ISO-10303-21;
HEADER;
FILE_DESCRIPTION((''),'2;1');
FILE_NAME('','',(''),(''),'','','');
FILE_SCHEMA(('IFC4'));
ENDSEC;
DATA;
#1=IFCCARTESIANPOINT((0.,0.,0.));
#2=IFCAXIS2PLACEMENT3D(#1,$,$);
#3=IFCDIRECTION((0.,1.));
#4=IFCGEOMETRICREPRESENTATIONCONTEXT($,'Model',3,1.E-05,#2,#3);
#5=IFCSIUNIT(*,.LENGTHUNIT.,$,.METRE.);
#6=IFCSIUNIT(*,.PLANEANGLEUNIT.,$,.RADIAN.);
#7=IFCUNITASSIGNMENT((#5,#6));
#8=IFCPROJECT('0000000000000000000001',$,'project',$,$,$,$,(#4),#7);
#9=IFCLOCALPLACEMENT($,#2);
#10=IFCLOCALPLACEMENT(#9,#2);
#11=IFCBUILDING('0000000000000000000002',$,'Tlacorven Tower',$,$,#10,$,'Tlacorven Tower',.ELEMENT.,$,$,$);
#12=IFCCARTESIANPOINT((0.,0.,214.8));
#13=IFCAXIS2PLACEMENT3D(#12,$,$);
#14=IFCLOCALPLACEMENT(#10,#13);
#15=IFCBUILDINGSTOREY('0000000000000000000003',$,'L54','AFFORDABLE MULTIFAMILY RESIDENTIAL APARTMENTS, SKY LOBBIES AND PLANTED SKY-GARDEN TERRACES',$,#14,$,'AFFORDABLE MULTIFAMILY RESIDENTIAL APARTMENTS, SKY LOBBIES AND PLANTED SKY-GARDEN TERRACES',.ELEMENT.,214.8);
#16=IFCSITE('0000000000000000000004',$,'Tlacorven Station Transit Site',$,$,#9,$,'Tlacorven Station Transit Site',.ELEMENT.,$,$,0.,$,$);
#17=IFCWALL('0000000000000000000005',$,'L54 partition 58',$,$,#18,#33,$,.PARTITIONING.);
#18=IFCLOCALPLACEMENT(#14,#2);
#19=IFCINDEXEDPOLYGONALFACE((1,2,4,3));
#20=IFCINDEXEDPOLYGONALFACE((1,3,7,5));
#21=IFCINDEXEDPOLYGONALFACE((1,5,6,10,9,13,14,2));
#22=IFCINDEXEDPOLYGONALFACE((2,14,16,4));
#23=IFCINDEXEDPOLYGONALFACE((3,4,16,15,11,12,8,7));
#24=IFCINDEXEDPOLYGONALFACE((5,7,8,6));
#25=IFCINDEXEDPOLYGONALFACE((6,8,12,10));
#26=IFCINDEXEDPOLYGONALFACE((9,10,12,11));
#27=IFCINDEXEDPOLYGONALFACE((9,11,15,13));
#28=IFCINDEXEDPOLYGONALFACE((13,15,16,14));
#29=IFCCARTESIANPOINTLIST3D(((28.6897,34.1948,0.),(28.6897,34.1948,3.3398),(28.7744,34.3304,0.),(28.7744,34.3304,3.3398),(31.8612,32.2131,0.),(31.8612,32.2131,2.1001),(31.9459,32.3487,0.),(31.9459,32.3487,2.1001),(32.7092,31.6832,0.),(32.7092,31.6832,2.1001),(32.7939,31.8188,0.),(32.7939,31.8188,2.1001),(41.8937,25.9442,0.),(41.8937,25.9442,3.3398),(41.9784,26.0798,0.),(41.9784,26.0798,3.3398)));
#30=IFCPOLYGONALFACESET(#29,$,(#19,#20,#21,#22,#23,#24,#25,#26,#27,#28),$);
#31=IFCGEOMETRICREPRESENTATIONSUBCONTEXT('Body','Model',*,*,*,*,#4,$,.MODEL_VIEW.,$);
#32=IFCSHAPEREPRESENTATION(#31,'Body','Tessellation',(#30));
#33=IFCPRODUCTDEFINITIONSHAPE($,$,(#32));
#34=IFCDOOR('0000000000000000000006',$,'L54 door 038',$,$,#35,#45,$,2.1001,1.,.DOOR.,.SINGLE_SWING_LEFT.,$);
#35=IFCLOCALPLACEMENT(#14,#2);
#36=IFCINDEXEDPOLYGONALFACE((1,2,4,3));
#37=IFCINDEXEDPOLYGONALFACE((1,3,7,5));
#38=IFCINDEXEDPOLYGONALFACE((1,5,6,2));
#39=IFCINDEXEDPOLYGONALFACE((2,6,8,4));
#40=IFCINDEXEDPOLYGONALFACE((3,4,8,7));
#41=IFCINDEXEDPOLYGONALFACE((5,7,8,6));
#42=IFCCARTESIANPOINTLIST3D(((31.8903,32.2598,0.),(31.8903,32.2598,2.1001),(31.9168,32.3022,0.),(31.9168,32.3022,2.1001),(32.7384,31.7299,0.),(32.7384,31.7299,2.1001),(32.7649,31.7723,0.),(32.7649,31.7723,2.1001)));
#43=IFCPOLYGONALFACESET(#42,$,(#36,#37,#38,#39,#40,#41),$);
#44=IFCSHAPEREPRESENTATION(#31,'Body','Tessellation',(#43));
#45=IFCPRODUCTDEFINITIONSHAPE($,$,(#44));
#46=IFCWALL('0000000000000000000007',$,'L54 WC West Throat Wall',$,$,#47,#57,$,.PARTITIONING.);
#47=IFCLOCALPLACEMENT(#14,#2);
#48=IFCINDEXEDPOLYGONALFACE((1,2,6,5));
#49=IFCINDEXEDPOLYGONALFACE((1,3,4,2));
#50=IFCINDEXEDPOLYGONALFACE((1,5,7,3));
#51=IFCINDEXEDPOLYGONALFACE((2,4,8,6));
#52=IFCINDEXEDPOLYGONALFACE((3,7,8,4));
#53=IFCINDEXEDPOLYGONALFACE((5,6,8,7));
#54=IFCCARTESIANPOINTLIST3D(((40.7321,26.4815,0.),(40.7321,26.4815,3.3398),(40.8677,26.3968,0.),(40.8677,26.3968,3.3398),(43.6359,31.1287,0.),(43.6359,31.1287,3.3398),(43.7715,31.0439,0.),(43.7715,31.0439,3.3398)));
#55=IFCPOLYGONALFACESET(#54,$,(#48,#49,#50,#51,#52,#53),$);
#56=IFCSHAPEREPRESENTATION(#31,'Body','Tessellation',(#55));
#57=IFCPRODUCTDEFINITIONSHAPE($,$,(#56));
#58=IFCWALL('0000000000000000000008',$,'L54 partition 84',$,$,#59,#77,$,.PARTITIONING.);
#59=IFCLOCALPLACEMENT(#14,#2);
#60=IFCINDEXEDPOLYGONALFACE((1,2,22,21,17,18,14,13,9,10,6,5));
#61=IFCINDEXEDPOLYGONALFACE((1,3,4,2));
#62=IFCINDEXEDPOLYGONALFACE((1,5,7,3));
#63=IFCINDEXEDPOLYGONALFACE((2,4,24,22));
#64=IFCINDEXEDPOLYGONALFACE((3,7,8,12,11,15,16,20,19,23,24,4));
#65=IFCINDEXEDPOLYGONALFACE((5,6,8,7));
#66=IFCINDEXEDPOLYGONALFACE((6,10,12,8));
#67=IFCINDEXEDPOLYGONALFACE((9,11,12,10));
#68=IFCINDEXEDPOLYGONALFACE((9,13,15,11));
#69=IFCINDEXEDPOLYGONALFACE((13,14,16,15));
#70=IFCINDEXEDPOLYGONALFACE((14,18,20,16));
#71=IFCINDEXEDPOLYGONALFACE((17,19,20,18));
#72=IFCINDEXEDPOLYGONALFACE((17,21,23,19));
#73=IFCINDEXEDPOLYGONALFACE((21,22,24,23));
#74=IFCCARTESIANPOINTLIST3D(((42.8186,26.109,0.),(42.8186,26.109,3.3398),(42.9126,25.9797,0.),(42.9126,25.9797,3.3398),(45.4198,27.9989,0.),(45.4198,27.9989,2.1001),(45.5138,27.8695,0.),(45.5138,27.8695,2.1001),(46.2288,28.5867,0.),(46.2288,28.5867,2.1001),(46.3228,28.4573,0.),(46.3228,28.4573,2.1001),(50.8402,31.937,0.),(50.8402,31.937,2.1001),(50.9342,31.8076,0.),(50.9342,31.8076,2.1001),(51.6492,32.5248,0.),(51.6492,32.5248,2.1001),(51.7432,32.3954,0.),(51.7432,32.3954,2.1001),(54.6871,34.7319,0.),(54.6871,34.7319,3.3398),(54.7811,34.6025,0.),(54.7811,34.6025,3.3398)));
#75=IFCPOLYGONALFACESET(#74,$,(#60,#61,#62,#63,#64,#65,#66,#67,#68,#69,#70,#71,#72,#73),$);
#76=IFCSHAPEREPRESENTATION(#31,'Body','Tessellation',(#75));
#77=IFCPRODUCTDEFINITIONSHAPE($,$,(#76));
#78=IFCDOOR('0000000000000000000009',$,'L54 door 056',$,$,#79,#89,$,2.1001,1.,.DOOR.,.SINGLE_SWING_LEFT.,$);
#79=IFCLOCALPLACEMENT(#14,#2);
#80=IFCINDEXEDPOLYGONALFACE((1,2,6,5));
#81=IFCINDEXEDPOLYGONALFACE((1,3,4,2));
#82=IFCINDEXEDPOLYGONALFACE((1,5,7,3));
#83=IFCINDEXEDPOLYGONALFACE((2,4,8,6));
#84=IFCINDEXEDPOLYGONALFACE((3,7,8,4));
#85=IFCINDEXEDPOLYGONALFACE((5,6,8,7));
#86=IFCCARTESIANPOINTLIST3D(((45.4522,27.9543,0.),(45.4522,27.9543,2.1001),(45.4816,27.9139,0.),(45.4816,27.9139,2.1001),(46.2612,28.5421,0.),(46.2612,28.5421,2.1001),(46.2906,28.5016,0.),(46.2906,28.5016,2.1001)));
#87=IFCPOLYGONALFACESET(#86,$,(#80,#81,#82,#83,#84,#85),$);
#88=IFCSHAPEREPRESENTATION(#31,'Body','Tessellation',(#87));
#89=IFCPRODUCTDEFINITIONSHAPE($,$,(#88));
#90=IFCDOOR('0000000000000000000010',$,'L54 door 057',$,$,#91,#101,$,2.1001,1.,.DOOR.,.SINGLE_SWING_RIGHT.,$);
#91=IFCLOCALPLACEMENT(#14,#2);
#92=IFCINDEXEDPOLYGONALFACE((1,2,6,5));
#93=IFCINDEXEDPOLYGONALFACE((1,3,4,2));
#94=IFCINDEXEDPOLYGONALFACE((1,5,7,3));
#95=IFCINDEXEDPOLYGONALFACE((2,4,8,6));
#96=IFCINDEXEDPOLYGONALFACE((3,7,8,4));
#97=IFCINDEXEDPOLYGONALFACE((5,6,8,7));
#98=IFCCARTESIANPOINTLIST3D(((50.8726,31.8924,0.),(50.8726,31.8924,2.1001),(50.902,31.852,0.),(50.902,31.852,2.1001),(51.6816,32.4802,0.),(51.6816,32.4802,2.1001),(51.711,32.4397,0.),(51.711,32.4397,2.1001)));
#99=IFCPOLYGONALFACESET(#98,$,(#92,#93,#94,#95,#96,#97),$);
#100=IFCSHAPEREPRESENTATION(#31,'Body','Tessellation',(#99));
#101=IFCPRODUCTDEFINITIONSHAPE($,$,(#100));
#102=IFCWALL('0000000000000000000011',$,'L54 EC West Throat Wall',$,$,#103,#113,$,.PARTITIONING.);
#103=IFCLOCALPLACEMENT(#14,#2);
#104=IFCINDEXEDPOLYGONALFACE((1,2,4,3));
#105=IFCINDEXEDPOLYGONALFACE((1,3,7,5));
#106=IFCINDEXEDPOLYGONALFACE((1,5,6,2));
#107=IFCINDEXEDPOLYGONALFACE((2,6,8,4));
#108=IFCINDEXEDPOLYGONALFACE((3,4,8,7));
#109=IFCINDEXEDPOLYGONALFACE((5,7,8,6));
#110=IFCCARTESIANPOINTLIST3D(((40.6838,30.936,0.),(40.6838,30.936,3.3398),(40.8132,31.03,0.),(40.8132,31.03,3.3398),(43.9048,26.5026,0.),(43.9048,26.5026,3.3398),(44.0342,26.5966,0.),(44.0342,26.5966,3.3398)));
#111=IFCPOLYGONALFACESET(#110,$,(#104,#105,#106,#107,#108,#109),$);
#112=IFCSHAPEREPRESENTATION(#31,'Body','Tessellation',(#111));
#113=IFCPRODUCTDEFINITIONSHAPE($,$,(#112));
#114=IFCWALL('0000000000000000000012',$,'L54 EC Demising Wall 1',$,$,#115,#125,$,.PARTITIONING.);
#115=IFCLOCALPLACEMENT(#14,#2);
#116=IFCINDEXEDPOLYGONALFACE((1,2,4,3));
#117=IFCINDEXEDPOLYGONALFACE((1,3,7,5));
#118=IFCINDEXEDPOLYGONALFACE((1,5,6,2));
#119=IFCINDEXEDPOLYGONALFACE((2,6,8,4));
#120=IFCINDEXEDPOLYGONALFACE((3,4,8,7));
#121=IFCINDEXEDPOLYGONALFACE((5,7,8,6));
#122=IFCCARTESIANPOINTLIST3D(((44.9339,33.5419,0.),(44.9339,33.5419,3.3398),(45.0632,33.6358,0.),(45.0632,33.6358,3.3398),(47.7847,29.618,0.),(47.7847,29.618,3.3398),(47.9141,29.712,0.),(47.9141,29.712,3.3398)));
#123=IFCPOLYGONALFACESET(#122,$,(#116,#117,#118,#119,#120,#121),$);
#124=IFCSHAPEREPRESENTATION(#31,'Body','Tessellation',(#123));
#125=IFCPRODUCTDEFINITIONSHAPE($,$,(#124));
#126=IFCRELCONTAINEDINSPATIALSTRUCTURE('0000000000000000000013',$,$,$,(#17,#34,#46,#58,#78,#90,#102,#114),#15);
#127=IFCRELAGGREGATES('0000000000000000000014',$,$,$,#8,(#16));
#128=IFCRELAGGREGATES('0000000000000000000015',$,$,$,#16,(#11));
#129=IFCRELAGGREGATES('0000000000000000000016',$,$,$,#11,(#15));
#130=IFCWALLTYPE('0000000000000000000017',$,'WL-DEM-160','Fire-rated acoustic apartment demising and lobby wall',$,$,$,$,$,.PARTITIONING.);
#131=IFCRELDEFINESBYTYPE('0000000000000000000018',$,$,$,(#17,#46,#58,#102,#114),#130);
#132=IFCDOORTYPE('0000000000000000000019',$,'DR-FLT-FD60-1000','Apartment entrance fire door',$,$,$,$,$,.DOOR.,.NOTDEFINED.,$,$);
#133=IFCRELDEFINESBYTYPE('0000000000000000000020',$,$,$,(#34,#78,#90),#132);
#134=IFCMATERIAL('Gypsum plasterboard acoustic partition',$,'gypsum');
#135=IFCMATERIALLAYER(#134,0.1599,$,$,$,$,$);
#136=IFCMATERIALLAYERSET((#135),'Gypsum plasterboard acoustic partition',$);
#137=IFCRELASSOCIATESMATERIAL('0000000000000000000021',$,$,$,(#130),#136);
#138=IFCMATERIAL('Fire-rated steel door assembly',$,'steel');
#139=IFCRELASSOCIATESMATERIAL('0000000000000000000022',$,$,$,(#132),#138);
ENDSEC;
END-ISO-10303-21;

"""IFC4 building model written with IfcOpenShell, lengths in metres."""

from ifc_helpers import new_model, si_unit, direction, frame, frame_2d, origin, place, context, subcontext, project, spatial, rectangle, extrude, source, transform, mapped, material, layer, layer_set, type_object, element, fill, save


model = new_model("IFC4")

# Units and contexts
model_context = context("Model", 3, precision=1e-05, world=origin(), true_north=direction((0.0, 1.0)))
body_context = subcontext(model_context, "Body", "Model", "MODEL_VIEW")
ifc_project = project(units=[si_unit("LENGTHUNIT", "METRE"), si_unit("PLANEANGLEUNIT", "RADIAN")], contexts=[model_context])

# Site, building, storey
site_placement = place(None, origin())
site = spatial("IfcSite", under=ifc_project, at=site_placement, Name="Tlacorven Station Transit Site", LongName="Tlacorven Station Transit Site", CompositionType="ELEMENT", RefElevation=0.0)
building_placement = place(site_placement, origin())
building = spatial("IfcBuilding", under=site, at=building_placement, Name="Tlacorven Tower", LongName="Tlacorven Tower", CompositionType="ELEMENT")
storey_placement = place(building_placement, frame((0.0, 0.0, 214.8)))
storey = spatial("IfcBuildingStorey", under=building, at=storey_placement, Name="L54", Description="AFFORDABLE MULTIFAMILY RESIDENTIAL APARTMENTS, SKY LOBBIES AND PLANTED SKY-GARDEN TERRACES", LongName="AFFORDABLE MULTIFAMILY RESIDENTIAL APARTMENTS, SKY LOBBIES AND PLANTED SKY-GARDEN TERRACES", CompositionType="ELEMENT", Elevation=214.8)

# Wall, opening, door
ifc_material_1 = material(Name="Gypsum plasterboard acoustic partition", Category="gypsum")
ifc_layer_1 = layer(ifc_material_1, 0.1599)
ifc_layer_set_1 = layer_set([ifc_layer_1], Name="Gypsum plasterboard acoustic partition")
wall_type_1 = type_object("IfcWallType", Name="WL-DEM-160", Description="Fire-rated acoustic apartment demising and lobby wall", PredefinedType="PARTITIONING", material=ifc_layer_set_1)
wall_1_placement = place(storey_placement, frame((41.936, 26.012, 0.0), z_axis=(0.0, 0.0, 1.0), x_axis=(-0.848051, 0.529914, 0.0)))
wall_1 = element("IfcWall", 1, at=wall_1_placement, inside=storey, type_object=wall_type_1, Name="L54 partition 58", PredefinedType="PARTITIONING", context=body_context, shape_type="SweptSolid", body=[
    extrude(rectangle(XDim=15.5698, YDim=0.1599, at=frame_2d((7.7849, 0.0))), origin(), (0.0, 0.0, 1.0), 3.3398),
])
opening_1_placement = place(wall_1_placement, frame((10.8301, 0.0, 0.0)))
opening_1 = element("IfcOpeningElement", 2, at=opening_1_placement, cuts=wall_1, PredefinedType="OPENING", context=body_context, shape_type="SweptSolid", body=[
    extrude(rectangle(XDim=1.0, YDim=2.1001, at=frame_2d((0.5, 1.05))), frame((0.0, 0.0898, 0.0), z_axis=(0.0, -1.0, 0.0), x_axis=(1.0, 0.0, 0.0)), (0.0, 0.0, 1.0), 0.1799),
])
ifc_material_2 = material(Name="Fire-rated steel door assembly", Category="steel")
door_type_1 = type_object("IfcDoorType", Name="DR-FLT-FD60-1000", Description="Apartment entrance fire door", OperationType="NOTDEFINED", PredefinedType="DOOR", material=ifc_material_2)
shared_shape_1 = source(origin(), body_context, "Body", "SweptSolid", [
    extrude(rectangle(XDim=1.0, YDim=2.1001, at=frame_2d((0.5, 1.05))), frame((0.0, 0.0249, 0.0), z_axis=(0.0, -1.0, 0.0), x_axis=(1.0, 0.0, 0.0)), (0.0, 0.0, 1.0), 0.05),
])
door_1_placement = place(opening_1_placement, origin())
door_1 = element("IfcDoor", 3, at=door_1_placement, inside=storey, type_object=door_type_1, Name="L54 door 038", OperationType="SINGLE_SWING_LEFT", OverallHeight=2.1001, OverallWidth=1.0, PredefinedType="DOOR", context=body_context, shape_type="MappedRepresentation", body=[
    mapped(shared_shape_1, transform((0.0, 0.0, 0.0), scale=1.0)),
])
fill(opening_1, door_1)

# Wall
wall_2_placement = place(storey_placement, frame((43.7036, 31.0862, 0.0), z_axis=(0.0, 0.0, 1.0), x_axis=(-0.529907, -0.848056, 0.0)))
element("IfcWall", 4, at=wall_2_placement, inside=storey, type_object=wall_type_1, Name="L54 WC West Throat Wall", PredefinedType="PARTITIONING", context=body_context, shape_type="SweptSolid", body=[
    extrude(rectangle(XDim=5.4797, YDim=0.1599, at=frame_2d((2.7397, 0.0))), origin(), (0.0, 0.0, 1.0), 3.3398),
])

# Wall, openings, doors
wall_3_placement = place(storey_placement, frame((42.8657, 26.0444, 0.0), z_axis=(0.0, 0.0, 1.0), x_axis=(0.80902, 0.587781, 0.0)))
wall_3 = element("IfcWall", 5, at=wall_3_placement, inside=storey, type_object=wall_type_1, Name="L54 partition 84", PredefinedType="PARTITIONING", context=body_context, shape_type="SweptSolid", body=[
    extrude(rectangle(XDim=14.6702, YDim=0.1599, at=frame_2d((7.335, 0.0))), origin(), (0.0, 0.0, 1.0), 3.3398),
])
opening_2_placement = place(wall_3_placement, frame((3.2151, 0.0, 0.0)))
opening_2 = element("IfcOpeningElement", 6, at=opening_2_placement, cuts=wall_3, PredefinedType="OPENING", context=body_context, shape_type="SweptSolid", body=[
    extrude(rectangle(XDim=1.0, YDim=2.1001, at=frame_2d((0.5, 1.05))), frame((0.0, 0.0898, 0.0), z_axis=(0.0, -1.0, 0.0), x_axis=(1.0, 0.0, 0.0)), (0.0, 0.0, 1.0), 0.1799),
])
opening_3_placement = place(wall_3_placement, frame((9.915, 0.0, 0.0)))
opening_3 = element("IfcOpeningElement", 7, at=opening_3_placement, cuts=wall_3, PredefinedType="OPENING", context=body_context, shape_type="SweptSolid", body=[
    extrude(rectangle(XDim=1.0, YDim=2.1001, at=frame_2d((0.5, 1.05))), frame((0.0, 0.0898, 0.0), z_axis=(0.0, -1.0, 0.0), x_axis=(1.0, 0.0, 0.0)), (0.0, 0.0, 1.0), 0.1799),
])
door_2_placement = place(opening_2_placement, origin())
door_2 = element("IfcDoor", 8, at=door_2_placement, inside=storey, type_object=door_type_1, Name="L54 door 056", OperationType="SINGLE_SWING_LEFT", OverallHeight=2.1001, OverallWidth=1.0, PredefinedType="DOOR", context=body_context, shape_type="MappedRepresentation", body=[
    mapped(shared_shape_1, transform((0.0, 0.0, 0.0), scale=1.0)),
])
fill(opening_2, door_2)
door_3_placement = place(opening_3_placement, origin())
door_3 = element("IfcDoor", 9, at=door_3_placement, inside=storey, type_object=door_type_1, Name="L54 door 057", OperationType="SINGLE_SWING_RIGHT", OverallHeight=2.1001, OverallWidth=1.0, PredefinedType="DOOR", context=body_context, shape_type="MappedRepresentation", body=[
    mapped(shared_shape_1, transform((0.0, 0.0, 0.0), scale=1.0)),
])
fill(opening_3, door_3)

# Walls
wall_4_placement = place(storey_placement, frame((43.9695, 26.5496, 0.0), z_axis=(0.0, 0.0, 1.0), x_axis=(-0.587777, 0.809023, 0.0)))
element("IfcWall", 10, at=wall_4_placement, inside=storey, type_object=wall_type_1, Name="L54 EC West Throat Wall", PredefinedType="PARTITIONING", context=body_context, shape_type="SweptSolid", body=[
    extrude(rectangle(XDim=5.48, YDim=0.1599, at=frame_2d((2.74, 0.0))), origin(), (0.0, 0.0, 1.0), 3.3398),
])
wall_5_placement = place(storey_placement, frame((47.8494, 29.665, 0.0), z_axis=(0.0, 0.0, 1.0), x_axis=(-0.587786, 0.809017, 0.0)))
element("IfcWall", 11, at=wall_5_placement, inside=storey, type_object=wall_type_1, Name="L54 EC Demising Wall 1", PredefinedType="PARTITIONING", context=body_context, shape_type="SweptSolid", body=[
    extrude(rectangle(XDim=4.8501, YDim=0.1599, at=frame_2d((2.425, 0.0))), origin(), (0.0, 0.0, 1.0), 3.3398),
])

save(model, "model.ifc")
